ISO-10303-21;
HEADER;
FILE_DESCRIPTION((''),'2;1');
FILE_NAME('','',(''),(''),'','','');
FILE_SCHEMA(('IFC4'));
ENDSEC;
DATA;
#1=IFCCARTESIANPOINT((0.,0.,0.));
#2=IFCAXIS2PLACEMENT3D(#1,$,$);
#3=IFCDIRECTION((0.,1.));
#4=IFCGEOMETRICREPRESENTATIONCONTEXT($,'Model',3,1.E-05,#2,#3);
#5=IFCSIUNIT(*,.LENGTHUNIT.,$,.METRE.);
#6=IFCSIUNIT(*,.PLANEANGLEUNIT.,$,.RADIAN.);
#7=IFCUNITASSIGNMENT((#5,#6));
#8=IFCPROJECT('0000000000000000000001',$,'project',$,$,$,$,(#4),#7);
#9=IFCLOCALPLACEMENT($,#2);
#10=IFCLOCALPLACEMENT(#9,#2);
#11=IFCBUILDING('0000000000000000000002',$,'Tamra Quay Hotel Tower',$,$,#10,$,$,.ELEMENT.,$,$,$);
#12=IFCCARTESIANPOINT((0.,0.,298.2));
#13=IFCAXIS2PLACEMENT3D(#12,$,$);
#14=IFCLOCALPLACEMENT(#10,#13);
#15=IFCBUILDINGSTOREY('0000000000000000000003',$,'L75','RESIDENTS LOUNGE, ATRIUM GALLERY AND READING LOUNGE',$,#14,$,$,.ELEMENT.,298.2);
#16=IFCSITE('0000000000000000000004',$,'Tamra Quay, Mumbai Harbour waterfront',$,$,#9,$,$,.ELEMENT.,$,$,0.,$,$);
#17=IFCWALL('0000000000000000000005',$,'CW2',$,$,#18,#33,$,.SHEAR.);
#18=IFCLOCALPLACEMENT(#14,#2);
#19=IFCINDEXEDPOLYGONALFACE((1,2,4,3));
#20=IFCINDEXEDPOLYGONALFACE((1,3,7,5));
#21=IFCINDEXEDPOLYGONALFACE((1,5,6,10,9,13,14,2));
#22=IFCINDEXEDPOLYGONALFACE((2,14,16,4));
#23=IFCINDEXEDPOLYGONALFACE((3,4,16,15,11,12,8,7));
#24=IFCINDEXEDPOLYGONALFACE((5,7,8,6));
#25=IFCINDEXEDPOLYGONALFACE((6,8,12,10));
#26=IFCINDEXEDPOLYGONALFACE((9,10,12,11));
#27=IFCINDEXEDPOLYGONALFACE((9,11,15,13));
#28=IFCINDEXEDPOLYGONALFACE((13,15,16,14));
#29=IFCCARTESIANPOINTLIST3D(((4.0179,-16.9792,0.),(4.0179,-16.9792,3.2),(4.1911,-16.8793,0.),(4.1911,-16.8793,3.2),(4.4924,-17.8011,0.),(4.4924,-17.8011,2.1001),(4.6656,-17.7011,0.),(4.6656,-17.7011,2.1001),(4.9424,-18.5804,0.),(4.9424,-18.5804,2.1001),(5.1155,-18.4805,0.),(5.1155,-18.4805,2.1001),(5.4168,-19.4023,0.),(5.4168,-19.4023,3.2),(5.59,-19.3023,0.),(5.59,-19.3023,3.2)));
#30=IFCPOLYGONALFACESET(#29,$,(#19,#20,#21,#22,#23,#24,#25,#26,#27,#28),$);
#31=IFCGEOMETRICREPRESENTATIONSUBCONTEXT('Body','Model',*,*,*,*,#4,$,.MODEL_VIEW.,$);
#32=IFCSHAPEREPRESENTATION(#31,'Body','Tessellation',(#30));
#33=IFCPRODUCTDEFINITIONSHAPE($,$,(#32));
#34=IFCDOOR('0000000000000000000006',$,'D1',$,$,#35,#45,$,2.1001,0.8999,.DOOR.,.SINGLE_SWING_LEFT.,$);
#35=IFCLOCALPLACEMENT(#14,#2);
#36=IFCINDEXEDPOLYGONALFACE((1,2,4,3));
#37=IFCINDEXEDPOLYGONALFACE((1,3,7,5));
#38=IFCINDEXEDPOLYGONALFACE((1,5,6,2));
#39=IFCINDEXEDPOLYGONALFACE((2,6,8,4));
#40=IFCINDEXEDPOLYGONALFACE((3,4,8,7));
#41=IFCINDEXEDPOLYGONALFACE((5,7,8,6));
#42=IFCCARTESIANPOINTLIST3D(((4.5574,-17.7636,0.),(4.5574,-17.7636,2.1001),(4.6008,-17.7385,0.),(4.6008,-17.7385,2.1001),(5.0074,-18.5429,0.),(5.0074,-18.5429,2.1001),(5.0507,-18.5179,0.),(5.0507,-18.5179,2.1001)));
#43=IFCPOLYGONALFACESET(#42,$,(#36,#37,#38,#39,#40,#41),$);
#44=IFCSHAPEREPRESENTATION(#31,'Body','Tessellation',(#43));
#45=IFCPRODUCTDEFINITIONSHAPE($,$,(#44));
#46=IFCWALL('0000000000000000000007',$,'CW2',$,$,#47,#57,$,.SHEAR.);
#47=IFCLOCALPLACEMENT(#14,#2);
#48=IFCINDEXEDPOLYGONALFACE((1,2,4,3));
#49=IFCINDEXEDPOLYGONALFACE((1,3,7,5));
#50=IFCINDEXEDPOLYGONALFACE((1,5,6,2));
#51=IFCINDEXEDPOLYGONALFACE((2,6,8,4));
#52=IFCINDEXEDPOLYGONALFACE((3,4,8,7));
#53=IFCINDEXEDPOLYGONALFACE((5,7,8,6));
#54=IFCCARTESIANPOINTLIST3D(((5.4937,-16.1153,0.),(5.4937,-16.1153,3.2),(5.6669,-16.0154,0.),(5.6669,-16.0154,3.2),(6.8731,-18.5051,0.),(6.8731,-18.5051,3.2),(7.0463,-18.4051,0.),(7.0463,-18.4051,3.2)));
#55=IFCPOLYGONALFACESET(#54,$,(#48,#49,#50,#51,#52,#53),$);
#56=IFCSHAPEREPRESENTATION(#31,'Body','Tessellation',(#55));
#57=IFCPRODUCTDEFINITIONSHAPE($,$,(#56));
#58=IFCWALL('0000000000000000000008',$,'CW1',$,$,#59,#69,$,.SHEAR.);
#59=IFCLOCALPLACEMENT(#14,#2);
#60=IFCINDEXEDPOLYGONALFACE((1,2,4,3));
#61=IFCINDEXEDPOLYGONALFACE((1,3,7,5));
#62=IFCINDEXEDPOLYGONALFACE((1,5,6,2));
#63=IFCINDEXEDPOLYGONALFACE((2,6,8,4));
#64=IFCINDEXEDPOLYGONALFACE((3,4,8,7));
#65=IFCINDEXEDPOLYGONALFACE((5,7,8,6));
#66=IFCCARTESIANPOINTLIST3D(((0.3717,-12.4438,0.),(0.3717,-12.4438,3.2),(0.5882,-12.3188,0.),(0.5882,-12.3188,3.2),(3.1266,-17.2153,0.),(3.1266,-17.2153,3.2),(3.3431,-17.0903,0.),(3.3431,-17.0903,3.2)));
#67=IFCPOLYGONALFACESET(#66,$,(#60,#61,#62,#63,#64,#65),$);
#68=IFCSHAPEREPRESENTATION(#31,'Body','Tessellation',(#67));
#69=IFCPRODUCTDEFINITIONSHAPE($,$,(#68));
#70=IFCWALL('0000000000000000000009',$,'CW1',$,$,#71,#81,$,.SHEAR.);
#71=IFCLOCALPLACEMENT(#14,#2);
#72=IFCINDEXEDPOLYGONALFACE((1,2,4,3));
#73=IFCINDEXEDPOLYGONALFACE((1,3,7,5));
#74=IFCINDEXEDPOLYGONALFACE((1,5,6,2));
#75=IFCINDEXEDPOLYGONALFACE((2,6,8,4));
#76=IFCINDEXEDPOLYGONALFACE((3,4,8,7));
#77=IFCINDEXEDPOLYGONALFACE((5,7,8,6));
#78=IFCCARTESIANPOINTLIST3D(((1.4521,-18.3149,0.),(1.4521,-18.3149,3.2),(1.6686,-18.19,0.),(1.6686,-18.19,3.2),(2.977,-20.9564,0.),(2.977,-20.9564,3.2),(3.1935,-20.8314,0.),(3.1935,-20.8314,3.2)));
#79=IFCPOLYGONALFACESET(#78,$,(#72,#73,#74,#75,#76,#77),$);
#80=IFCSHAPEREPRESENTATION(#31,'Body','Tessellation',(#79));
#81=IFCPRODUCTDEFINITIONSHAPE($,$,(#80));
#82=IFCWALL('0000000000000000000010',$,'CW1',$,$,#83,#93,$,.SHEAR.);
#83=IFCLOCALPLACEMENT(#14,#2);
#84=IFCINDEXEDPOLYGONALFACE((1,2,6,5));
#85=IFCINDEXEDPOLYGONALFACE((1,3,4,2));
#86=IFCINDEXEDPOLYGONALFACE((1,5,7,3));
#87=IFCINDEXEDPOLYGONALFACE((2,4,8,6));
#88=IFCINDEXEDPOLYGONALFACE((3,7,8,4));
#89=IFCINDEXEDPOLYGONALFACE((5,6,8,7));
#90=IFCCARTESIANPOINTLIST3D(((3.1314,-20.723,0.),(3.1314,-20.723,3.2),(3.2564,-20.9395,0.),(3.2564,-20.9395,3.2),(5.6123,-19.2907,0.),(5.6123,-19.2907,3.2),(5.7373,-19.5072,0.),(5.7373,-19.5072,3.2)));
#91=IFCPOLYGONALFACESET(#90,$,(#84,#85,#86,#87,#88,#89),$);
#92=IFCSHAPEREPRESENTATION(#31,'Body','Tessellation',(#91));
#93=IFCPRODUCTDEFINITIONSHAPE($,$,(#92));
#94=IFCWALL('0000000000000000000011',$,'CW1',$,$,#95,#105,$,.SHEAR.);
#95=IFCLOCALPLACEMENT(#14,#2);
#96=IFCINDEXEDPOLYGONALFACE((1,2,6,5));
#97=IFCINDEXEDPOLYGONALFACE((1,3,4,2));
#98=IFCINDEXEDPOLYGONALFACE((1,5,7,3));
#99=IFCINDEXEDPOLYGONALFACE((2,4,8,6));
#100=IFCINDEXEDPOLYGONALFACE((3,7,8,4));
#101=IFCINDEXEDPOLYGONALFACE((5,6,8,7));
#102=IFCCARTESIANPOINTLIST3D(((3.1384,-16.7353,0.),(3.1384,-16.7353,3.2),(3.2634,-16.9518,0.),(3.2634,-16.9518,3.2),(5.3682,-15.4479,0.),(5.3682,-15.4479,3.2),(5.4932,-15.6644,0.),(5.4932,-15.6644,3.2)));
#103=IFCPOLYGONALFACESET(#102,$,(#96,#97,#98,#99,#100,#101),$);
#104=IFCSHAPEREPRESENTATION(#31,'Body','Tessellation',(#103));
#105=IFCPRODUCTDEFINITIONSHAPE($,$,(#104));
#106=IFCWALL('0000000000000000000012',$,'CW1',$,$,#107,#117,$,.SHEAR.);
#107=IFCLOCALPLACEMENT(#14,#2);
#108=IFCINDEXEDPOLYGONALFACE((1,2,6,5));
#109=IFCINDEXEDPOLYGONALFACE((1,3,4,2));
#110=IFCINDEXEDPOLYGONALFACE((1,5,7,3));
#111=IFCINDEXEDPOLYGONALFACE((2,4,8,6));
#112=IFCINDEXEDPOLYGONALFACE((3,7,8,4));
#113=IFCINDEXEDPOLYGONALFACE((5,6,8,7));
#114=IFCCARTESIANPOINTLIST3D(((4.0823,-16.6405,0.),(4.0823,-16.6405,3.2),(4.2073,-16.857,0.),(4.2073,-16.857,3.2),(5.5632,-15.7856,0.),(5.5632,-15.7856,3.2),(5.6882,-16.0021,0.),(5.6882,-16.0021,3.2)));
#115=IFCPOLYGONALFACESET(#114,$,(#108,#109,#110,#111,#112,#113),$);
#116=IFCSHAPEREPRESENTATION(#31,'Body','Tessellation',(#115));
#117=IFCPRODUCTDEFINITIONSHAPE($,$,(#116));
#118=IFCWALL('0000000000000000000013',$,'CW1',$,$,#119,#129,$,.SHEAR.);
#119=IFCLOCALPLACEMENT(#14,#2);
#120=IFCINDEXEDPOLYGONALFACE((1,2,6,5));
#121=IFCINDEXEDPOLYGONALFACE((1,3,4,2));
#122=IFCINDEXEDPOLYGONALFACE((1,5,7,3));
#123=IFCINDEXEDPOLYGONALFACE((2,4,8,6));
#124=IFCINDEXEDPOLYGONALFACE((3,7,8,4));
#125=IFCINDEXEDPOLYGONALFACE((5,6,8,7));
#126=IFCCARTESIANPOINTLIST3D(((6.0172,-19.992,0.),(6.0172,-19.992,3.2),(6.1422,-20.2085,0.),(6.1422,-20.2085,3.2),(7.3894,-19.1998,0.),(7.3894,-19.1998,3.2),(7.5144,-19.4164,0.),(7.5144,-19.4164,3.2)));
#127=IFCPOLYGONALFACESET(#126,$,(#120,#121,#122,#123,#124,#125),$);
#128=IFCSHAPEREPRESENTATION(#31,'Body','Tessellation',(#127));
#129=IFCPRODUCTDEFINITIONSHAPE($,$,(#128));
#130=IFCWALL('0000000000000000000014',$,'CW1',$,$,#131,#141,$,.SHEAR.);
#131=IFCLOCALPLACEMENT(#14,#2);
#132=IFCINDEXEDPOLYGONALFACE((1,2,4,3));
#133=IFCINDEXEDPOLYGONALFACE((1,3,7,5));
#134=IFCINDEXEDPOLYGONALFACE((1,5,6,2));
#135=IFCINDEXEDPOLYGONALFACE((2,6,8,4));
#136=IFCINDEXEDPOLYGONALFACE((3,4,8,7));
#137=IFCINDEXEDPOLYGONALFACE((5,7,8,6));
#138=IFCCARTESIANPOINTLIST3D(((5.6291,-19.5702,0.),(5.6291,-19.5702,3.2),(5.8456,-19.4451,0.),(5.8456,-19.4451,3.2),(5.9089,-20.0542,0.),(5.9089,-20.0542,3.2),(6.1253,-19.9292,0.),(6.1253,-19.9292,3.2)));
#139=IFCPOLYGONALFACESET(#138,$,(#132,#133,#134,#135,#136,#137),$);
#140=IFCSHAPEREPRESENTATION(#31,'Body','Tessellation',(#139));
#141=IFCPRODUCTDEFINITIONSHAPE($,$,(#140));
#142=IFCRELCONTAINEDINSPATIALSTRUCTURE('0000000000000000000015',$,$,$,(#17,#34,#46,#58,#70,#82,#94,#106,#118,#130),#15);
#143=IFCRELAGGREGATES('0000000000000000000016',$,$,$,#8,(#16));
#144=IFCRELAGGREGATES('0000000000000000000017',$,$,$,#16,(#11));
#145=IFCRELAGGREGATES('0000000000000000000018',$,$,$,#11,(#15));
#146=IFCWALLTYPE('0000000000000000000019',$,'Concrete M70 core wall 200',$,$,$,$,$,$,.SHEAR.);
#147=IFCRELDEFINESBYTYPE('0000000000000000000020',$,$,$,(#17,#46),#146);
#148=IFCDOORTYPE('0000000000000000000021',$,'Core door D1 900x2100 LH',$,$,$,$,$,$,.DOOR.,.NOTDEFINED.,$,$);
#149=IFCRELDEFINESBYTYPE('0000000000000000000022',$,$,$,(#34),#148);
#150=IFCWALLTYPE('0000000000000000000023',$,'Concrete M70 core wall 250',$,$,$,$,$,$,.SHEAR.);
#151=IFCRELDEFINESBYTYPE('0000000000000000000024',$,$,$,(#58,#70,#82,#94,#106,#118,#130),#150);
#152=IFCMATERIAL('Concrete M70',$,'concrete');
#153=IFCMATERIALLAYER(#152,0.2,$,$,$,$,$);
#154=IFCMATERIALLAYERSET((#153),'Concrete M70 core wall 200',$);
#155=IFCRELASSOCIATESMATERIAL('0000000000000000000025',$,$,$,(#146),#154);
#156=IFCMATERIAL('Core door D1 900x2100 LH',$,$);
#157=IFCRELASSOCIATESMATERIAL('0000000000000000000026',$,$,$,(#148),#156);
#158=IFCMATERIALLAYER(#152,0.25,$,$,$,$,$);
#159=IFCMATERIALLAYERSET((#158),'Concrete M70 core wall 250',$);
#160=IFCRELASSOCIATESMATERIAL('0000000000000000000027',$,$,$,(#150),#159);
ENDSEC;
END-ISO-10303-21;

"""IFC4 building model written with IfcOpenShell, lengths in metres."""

from ifc_helpers import new_model, si_unit, direction, frame, frame_2d, origin, place, context, subcontext, project, spatial, rectangle, extrude, material, layer, layer_set, type_object, element, fill, save


model = new_model("IFC4")

# Units and contexts
model_context = context("Model", 3, precision=1e-05, world=origin(), true_north=direction((0.0, 1.0)))
body_context = subcontext(model_context, "Body", "Model", "MODEL_VIEW")
ifc_project = project(units=[si_unit("LENGTHUNIT", "METRE"), si_unit("PLANEANGLEUNIT", "RADIAN")], contexts=[model_context])

# Site, building, storey
site_placement = place(None, origin())
site = spatial("IfcSite", under=ifc_project, at=site_placement, Name="Tamra Quay, Mumbai Harbour waterfront", CompositionType="ELEMENT", RefElevation=0.0)
building_placement = place(site_placement, origin())
building = spatial("IfcBuilding", under=site, at=building_placement, Name="Tamra Quay Hotel Tower", CompositionType="ELEMENT")
storey_placement = place(building_placement, frame((0.0, 0.0, 298.2)))
storey = spatial("IfcBuildingStorey", under=building, at=storey_placement, Name="L75", Description="RESIDENTS LOUNGE, ATRIUM GALLERY AND READING LOUNGE", CompositionType="ELEMENT", Elevation=298.2)

# Shared definitions
ifc_material_1 = material(Name="Concrete M70", Category="concrete")

# Shared definitions
ifc_layer_1 = layer(ifc_material_1, 0.2)
ifc_layer_set_1 = layer_set([ifc_layer_1], Name="Concrete M70 core wall 200")
wall_type_1 = type_object("IfcWallType", Name="Concrete M70 core wall 200", PredefinedType="SHEAR", material=ifc_layer_set_1)

# Wall, opening, door
wall_1_placement = place(storey_placement, frame((5.5034, -19.3523, 0.0), z_axis=(0.0, 0.0, 1.0), x_axis=(-0.499987, 0.866033, 0.0)))
wall_1 = element("IfcWall", 1, at=wall_1_placement, inside=storey, type_object=wall_type_1, Name="CW2", PredefinedType="SHEAR", context=body_context, shape_type="SweptSolid", body=[
    extrude(rectangle(XDim=2.7979, YDim=0.2, at=frame_2d((1.3989, 0.0))), origin(), (0.0, 0.0, 1.0), 3.2),
])
opening_1_placement = place(wall_1_placement, frame((0.949, 0.0, 0.0)))
opening_1 = element("IfcOpeningElement", 2, at=opening_1_placement, cuts=wall_1, PredefinedType="OPENING", context=body_context, shape_type="SweptSolid", body=[
    extrude(rectangle(XDim=0.8999, YDim=2.1001, at=frame_2d((0.45, 1.05))), frame((0.0, 0.1099, 0.0), z_axis=(0.0, -1.0, 0.0), x_axis=(1.0, 0.0, 0.0)), (0.0, 0.0, 1.0), 0.22),
])
ifc_material_2 = material(Name="Core door D1 900x2100 LH")
door_type_1 = type_object("IfcDoorType", Name="Core door D1 900x2100 LH", OperationType="NOTDEFINED", PredefinedType="DOOR", material=ifc_material_2)
door_1_placement = place(opening_1_placement, origin())
door_1 = element("IfcDoor", 3, at=door_1_placement, inside=storey, type_object=door_type_1, Name="D1", OperationType="SINGLE_SWING_LEFT", OverallHeight=2.1001, OverallWidth=0.8999, PredefinedType="DOOR", context=body_context, shape_type="SweptSolid", body=[
    extrude(rectangle(XDim=0.8999, YDim=2.1001, at=frame_2d((0.45, 1.05))), frame((0.0, 0.0249, 0.0), z_axis=(0.0, -1.0, 0.0), x_axis=(1.0, 0.0, 0.0)), (0.0, 0.0, 1.0), 0.05),
])
fill(opening_1, door_1)

# Walls
wall_2_placement = place(storey_placement, frame((6.9597, -18.4551, 0.0), z_axis=(0.0, 0.0, 1.0), x_axis=(-0.499927, 0.866068, 0.0)))
element("IfcWall", 4, at=wall_2_placement, inside=storey, type_object=wall_type_1, Name="CW2", PredefinedType="SHEAR", context=body_context, shape_type="SweptSolid", body=[
    extrude(rectangle(XDim=2.7593, YDim=0.2, at=frame_2d((1.3796, 0.0))), origin(), (0.0, 0.0, 1.0), 3.2),
])
ifc_layer_2 = layer(ifc_material_1, 0.25)
ifc_layer_set_2 = layer_set([ifc_layer_2], Name="Concrete M70 core wall 250")
wall_type_2 = type_object("IfcWallType", Name="Concrete M70 core wall 250", PredefinedType="SHEAR", material=ifc_layer_set_2)
wall_3_placement = place(storey_placement, frame((3.2349, -17.1528, 0.0), z_axis=(0.0, 0.0, 1.0), x_axis=(-0.500009, 0.86602, 0.0)))
element("IfcWall", 5, at=wall_3_placement, inside=storey, type_object=wall_type_2, Name="CW1", PredefinedType="SHEAR", context=body_context, shape_type="SweptSolid", body=[
    extrude(rectangle(XDim=5.5098, YDim=0.25, at=frame_2d((2.7549, 0.0))), origin(), (0.0, 0.0, 1.0), 3.2),
])
wall_4_placement = place(storey_placement, frame((3.0852, -20.8938, 0.0), z_axis=(0.0, 0.0, 1.0), x_axis=(-0.499979, 0.866038, 0.0)))
element("IfcWall", 6, at=wall_4_placement, inside=storey, type_object=wall_type_2, Name="CW1", PredefinedType="SHEAR", context=body_context, shape_type="SweptSolid", body=[
    extrude(rectangle(XDim=3.05, YDim=0.25, at=frame_2d((1.5249, 0.0))), origin(), (0.0, 0.0, 1.0), 3.2),
])
wall_5_placement = place(storey_placement, frame((5.6748, -19.3989, 0.0), z_axis=(0.0, 0.0, 1.0), x_axis=(-0.866027, -0.499998, 0.0)))
element("IfcWall", 7, at=wall_5_placement, inside=storey, type_object=wall_type_2, Name="CW1", PredefinedType="SHEAR", context=body_context, shape_type="SweptSolid", body=[
    extrude(rectangle(XDim=2.8647, YDim=0.25, at=frame_2d((1.4324, 0.0))), origin(), (0.0, 0.0, 1.0), 3.2),
])
wall_6_placement = place(storey_placement, frame((5.4307, -15.5562, 0.0), z_axis=(0.0, 0.0, 1.0), x_axis=(-0.866023, -0.500004, 0.0)))
element("IfcWall", 8, at=wall_6_placement, inside=storey, type_object=wall_type_2, Name="CW1", PredefinedType="SHEAR", context=body_context, shape_type="SweptSolid", body=[
    extrude(rectangle(XDim=2.5747, YDim=0.25, at=frame_2d((1.2874, 0.0))), origin(), (0.0, 0.0, 1.0), 3.2),
])
wall_7_placement = place(storey_placement, frame((4.1448, -16.7488, 0.0), z_axis=(0.0, 0.0, 1.0), x_axis=(0.866038, 0.499978, 0.0)))
element("IfcWall", 9, at=wall_7_placement, inside=storey, type_object=wall_type_2, Name="CW1", PredefinedType="SHEAR", context=body_context, shape_type="SweptSolid", body=[
    extrude(rectangle(XDim=1.71, YDim=0.25, at=frame_2d((0.855, 0.0))), origin(), (0.0, 0.0, 1.0), 3.2),
])
wall_8_placement = place(storey_placement, frame((7.4519, -19.3081, 0.0), z_axis=(0.0, 0.0, 1.0), x_axis=(-0.866044, -0.499967, 0.0)))
element("IfcWall", 10, at=wall_8_placement, inside=storey, type_object=wall_type_2, Name="CW1", PredefinedType="SHEAR", context=body_context, shape_type="SweptSolid", body=[
    extrude(rectangle(XDim=1.5845, YDim=0.25, at=frame_2d((0.7922, 0.0))), origin(), (0.0, 0.0, 1.0), 3.2),
])
wall_9_placement = place(storey_placement, frame((6.0171, -19.9917, 0.0), z_axis=(0.0, 0.0, 1.0), x_axis=(-0.500365, 0.865815, 0.0)))
element("IfcWall", 11, at=wall_9_placement, inside=storey, type_object=wall_type_2, Name="CW1", PredefinedType="SHEAR", context=body_context, shape_type="SweptSolid", body=[
    extrude(rectangle(XDim=0.5591, YDim=0.25, at=frame_2d((0.2795, 0.0))), origin(), (0.0, 0.0, 1.0), 3.2),
])

save(model, "model.ifc")
